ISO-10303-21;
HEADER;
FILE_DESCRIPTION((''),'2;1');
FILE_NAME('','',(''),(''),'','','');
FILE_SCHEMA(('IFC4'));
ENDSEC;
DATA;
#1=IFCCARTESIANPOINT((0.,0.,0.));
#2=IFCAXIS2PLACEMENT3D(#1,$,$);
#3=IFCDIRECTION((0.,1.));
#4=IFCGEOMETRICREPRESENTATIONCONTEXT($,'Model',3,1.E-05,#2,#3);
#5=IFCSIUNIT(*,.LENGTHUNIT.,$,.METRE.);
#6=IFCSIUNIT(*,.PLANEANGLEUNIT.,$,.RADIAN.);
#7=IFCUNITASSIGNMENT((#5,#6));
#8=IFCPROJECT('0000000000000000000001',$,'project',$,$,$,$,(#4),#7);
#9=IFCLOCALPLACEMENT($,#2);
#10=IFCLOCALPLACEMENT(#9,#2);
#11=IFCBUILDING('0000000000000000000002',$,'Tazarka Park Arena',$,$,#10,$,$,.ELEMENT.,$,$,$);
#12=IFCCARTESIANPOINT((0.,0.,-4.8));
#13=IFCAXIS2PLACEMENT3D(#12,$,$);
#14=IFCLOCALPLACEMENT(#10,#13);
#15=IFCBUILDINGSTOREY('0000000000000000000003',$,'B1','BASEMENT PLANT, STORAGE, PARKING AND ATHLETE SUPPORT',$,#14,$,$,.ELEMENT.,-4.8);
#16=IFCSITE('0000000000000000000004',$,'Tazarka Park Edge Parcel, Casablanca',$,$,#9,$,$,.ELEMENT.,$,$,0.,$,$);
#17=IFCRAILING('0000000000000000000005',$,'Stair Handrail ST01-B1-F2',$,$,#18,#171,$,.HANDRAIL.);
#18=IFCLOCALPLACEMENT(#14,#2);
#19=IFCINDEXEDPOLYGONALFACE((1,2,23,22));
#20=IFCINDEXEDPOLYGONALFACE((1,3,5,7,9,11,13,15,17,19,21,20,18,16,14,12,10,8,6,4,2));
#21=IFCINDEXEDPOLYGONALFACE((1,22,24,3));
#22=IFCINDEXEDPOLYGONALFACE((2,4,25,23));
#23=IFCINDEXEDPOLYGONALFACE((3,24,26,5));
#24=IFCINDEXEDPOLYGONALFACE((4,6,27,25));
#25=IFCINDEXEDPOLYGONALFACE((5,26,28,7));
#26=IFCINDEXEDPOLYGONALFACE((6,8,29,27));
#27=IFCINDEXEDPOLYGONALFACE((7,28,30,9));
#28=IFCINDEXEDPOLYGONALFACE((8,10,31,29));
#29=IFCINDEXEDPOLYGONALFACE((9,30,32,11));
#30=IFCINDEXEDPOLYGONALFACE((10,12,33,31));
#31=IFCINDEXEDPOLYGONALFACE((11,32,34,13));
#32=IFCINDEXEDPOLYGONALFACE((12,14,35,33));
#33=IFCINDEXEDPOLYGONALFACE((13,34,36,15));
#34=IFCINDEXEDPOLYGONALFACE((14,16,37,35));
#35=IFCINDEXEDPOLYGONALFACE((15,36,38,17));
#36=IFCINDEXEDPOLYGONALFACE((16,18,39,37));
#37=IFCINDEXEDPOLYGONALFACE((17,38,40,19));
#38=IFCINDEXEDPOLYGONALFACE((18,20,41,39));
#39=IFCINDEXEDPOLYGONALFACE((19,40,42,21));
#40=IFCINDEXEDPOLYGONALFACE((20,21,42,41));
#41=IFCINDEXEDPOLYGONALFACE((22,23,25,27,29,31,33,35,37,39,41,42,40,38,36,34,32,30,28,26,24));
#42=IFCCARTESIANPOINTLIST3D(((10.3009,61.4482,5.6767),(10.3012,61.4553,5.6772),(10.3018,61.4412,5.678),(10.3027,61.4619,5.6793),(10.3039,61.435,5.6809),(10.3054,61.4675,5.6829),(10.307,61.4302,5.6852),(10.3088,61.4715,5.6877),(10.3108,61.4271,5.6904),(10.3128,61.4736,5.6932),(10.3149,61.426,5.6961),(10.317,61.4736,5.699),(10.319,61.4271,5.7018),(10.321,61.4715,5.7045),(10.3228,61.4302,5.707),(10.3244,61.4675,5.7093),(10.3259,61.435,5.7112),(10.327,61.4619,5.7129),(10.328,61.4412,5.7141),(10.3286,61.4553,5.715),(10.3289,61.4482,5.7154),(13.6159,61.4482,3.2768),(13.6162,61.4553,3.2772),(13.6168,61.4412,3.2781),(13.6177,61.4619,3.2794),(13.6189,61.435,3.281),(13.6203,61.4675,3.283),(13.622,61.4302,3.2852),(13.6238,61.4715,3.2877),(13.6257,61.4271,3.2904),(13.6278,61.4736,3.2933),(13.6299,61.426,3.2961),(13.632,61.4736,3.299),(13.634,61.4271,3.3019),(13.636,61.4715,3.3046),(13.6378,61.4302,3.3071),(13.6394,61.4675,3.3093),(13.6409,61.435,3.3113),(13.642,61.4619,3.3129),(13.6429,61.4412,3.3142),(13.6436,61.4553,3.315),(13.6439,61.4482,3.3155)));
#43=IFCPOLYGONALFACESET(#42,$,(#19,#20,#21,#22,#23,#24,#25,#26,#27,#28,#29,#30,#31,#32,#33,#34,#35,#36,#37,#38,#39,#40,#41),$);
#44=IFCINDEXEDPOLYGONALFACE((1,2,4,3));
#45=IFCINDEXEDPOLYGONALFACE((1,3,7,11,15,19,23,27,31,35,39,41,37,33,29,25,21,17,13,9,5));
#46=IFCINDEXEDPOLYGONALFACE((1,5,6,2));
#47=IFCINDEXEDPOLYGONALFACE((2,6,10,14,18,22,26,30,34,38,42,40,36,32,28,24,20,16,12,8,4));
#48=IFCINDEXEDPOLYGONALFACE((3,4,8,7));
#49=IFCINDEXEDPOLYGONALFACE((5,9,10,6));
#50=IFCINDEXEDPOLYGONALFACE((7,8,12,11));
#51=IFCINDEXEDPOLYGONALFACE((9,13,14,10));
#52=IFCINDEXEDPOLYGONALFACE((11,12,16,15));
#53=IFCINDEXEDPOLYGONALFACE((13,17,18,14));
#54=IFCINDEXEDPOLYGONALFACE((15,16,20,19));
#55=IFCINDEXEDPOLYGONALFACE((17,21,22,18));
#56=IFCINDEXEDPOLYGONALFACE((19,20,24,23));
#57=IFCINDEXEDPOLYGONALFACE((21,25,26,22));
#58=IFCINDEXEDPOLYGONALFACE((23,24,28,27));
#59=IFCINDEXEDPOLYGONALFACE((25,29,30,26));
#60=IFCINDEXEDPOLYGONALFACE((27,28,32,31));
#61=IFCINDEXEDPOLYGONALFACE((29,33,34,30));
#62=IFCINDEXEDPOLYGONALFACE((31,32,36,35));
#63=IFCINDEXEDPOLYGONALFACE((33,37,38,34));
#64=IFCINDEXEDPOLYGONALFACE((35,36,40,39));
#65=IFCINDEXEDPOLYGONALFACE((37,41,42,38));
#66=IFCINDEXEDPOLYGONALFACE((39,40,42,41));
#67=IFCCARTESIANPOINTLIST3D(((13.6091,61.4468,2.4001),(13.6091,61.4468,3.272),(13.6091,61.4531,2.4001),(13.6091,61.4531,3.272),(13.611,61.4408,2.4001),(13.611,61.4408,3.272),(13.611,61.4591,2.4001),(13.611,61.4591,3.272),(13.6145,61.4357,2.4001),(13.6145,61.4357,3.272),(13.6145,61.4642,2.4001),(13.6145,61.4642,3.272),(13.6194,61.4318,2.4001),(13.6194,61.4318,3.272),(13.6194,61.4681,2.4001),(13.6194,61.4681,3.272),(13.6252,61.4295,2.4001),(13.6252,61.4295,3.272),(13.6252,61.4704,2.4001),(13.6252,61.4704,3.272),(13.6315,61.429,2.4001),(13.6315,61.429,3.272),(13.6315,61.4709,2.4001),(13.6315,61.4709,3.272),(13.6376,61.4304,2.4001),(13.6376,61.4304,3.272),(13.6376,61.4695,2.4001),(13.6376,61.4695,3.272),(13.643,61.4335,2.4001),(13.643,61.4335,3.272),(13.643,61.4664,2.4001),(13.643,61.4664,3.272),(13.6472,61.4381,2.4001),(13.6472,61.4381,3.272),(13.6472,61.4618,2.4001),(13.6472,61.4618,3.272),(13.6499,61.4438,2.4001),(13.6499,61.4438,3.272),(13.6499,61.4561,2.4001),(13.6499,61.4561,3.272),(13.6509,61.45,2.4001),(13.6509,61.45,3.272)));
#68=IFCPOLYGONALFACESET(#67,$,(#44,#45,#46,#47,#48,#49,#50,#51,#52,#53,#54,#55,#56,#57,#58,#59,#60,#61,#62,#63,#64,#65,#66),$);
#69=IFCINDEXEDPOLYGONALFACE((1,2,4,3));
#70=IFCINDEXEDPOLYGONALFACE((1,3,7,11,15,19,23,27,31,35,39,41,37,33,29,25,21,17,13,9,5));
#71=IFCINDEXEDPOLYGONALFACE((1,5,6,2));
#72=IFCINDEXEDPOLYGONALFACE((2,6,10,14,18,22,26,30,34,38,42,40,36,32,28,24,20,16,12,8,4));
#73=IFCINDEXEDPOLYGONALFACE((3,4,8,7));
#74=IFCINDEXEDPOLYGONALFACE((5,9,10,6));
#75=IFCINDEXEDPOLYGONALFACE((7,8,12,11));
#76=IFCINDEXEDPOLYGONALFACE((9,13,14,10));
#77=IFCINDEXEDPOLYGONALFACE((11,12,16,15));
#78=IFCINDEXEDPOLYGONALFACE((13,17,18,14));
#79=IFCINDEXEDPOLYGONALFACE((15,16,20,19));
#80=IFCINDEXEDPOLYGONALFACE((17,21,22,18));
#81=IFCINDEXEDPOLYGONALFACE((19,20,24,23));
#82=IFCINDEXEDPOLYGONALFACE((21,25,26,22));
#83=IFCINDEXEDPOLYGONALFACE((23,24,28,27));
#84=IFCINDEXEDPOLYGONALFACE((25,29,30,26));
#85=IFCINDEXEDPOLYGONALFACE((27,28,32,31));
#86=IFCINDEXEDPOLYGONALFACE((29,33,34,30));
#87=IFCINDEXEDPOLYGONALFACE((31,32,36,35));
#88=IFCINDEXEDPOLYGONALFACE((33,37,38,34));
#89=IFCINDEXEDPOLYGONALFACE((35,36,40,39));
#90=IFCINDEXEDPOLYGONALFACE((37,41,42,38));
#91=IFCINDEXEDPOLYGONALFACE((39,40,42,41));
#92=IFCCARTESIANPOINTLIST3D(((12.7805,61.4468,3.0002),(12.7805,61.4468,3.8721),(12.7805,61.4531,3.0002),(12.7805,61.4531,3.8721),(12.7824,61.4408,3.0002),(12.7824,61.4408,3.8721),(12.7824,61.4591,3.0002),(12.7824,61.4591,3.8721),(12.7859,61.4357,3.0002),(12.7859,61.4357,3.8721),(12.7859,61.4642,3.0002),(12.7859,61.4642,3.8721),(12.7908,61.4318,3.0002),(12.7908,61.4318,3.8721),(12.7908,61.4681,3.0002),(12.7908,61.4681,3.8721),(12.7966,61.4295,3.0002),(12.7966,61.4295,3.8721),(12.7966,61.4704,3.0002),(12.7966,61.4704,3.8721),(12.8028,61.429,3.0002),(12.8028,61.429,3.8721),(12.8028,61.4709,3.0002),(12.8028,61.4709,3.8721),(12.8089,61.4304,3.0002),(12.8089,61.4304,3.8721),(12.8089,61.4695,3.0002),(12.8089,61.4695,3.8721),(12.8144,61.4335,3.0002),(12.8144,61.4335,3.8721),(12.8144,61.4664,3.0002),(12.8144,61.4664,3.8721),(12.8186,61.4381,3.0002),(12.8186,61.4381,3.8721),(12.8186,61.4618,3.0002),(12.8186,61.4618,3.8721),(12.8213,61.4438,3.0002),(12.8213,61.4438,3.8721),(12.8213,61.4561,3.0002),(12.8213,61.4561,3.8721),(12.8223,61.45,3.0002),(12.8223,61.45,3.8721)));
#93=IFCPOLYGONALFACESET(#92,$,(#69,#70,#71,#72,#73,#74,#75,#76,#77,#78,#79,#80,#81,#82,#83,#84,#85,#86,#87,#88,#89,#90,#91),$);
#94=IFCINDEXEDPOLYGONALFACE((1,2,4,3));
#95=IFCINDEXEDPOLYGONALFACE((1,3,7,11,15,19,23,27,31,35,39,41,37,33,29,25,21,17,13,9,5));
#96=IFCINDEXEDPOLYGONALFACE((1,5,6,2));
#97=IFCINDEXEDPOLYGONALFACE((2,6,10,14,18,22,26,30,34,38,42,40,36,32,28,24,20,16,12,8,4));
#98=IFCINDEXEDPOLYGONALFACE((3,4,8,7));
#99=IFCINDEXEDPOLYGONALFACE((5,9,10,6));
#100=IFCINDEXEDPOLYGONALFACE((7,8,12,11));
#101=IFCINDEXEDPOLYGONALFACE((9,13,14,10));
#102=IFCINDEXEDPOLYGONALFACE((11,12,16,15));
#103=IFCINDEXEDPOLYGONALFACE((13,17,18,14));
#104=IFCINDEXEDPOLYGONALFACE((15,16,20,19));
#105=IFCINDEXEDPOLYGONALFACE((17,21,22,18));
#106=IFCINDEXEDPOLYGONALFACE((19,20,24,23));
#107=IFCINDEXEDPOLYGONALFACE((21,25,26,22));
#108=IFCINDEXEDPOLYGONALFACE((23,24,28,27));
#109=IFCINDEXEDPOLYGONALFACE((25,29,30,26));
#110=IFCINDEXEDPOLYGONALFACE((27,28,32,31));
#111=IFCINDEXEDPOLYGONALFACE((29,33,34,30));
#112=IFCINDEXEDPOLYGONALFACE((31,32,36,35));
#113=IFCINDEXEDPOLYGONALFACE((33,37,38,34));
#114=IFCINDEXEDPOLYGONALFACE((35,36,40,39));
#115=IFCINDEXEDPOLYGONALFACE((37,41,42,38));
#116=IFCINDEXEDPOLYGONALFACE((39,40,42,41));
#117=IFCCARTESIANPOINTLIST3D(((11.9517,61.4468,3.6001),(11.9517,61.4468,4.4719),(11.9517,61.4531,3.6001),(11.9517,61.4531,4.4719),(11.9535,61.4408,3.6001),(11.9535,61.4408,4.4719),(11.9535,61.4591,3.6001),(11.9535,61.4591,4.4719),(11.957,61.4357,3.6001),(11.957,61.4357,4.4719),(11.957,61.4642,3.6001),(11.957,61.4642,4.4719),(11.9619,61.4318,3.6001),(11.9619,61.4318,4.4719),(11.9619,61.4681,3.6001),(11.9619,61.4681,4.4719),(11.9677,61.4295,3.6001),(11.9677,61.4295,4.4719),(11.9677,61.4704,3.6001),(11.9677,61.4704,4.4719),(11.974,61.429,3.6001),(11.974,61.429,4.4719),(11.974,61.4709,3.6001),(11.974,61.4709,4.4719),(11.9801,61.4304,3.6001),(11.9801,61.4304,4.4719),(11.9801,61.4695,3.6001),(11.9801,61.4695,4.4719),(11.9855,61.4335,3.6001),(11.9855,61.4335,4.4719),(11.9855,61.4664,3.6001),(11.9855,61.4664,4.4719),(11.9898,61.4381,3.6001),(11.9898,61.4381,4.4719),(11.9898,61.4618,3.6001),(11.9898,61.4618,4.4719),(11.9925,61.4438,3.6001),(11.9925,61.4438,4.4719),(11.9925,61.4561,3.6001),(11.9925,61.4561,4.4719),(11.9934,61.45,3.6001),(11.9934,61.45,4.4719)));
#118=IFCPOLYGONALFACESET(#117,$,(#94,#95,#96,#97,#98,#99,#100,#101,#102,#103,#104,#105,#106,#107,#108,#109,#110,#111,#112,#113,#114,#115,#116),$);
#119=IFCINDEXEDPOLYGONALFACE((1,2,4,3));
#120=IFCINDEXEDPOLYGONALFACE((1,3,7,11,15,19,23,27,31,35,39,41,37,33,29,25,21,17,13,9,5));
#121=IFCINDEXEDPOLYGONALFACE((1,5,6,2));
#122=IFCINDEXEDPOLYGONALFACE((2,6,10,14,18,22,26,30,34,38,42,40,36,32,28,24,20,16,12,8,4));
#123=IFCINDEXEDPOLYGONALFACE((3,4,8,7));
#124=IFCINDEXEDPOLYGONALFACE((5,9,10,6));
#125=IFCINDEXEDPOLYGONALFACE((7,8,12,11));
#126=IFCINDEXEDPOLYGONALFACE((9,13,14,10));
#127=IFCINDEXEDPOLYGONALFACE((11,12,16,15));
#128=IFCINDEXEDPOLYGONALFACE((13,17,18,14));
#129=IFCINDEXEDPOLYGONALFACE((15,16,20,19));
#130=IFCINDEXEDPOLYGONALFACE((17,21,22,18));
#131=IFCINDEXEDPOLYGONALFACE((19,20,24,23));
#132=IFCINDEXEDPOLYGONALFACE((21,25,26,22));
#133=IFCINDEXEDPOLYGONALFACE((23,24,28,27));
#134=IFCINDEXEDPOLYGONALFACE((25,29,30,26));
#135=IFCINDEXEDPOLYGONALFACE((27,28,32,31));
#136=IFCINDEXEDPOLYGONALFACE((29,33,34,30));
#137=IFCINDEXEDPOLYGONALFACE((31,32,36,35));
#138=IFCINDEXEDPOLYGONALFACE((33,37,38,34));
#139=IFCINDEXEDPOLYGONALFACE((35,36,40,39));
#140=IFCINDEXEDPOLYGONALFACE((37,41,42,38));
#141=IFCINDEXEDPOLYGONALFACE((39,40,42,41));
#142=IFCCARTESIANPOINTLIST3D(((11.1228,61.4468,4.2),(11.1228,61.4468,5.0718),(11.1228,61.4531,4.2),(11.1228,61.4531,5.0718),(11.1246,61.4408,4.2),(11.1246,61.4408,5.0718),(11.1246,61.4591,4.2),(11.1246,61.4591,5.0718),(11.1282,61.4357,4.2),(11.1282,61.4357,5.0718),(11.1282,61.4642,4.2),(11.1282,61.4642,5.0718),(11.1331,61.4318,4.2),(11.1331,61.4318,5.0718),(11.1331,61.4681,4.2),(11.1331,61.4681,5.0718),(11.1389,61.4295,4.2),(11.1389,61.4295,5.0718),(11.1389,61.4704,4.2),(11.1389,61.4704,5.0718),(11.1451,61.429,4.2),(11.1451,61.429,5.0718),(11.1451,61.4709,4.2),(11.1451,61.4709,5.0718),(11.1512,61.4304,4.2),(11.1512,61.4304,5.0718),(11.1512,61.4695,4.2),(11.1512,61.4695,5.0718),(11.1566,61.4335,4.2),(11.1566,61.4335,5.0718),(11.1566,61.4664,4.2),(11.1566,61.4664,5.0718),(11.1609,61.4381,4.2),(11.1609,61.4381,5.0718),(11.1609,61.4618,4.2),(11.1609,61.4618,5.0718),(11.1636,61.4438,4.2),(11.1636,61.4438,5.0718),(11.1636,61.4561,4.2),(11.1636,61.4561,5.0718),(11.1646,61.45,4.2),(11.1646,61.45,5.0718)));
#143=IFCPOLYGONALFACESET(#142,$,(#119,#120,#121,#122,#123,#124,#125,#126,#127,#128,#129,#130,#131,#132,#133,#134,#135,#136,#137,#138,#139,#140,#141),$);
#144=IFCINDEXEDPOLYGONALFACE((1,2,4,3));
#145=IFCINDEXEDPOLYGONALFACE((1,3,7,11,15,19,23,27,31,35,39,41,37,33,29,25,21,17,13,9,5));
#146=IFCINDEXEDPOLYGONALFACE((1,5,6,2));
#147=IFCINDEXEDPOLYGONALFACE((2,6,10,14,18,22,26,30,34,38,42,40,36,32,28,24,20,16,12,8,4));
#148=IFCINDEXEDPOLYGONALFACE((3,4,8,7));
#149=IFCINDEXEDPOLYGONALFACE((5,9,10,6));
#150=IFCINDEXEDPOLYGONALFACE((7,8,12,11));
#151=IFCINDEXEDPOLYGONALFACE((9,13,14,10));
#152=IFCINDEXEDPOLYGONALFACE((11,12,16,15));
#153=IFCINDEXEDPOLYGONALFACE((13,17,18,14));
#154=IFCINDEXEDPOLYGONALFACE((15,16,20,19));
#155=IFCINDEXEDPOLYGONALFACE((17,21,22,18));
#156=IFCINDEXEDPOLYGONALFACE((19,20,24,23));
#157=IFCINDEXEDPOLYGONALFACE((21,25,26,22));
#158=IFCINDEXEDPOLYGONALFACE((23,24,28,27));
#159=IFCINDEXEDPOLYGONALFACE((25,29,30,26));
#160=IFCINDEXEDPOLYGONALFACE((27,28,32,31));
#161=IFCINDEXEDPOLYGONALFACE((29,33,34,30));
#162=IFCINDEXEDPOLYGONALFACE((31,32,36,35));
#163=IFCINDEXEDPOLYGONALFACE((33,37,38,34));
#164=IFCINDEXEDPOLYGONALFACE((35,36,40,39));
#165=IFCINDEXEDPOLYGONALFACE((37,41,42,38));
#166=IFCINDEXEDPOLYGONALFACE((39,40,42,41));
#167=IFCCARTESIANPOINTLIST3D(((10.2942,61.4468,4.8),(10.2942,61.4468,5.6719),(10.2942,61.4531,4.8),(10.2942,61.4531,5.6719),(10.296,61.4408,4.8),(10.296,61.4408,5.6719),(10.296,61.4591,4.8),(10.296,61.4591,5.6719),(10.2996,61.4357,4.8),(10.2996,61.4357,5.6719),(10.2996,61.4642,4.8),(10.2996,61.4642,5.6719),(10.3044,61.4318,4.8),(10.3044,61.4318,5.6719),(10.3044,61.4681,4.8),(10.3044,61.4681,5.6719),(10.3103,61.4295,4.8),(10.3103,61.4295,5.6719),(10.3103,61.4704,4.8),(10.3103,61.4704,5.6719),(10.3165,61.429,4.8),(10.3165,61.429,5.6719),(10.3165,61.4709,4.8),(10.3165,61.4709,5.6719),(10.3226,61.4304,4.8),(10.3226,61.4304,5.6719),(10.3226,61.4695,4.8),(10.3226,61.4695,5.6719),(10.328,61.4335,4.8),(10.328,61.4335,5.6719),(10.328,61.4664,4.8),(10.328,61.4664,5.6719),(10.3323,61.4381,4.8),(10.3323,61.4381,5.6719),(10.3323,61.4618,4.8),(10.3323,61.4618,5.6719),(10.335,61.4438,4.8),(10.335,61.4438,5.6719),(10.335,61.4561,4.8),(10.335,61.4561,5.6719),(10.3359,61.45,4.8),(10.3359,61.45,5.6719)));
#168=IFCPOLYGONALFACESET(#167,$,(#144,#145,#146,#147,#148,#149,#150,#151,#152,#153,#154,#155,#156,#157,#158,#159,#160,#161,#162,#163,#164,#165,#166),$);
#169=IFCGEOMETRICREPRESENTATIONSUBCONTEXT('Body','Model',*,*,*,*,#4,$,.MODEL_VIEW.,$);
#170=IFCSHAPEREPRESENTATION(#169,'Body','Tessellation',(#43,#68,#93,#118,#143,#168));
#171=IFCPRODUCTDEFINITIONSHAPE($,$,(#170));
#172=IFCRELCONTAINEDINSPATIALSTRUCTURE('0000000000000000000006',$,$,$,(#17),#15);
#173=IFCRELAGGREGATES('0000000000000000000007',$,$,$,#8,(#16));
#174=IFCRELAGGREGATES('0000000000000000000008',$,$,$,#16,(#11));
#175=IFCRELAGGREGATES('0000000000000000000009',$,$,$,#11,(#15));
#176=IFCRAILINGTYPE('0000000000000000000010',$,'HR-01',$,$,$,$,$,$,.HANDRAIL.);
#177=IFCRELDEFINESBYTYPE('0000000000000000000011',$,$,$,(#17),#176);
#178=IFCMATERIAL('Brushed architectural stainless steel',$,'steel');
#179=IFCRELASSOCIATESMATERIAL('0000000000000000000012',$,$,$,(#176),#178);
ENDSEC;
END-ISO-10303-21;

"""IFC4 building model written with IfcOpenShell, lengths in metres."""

from ifc_helpers import new_model, si_unit, direction, frame, origin, origin_2d, place, context, subcontext, project, spatial, circle, extrude, material, type_object, element, save


model = new_model("IFC4")

# Units and contexts
model_context = context("Model", 3, precision=1e-05, world=origin(), true_north=direction((0.0, 1.0)))
body_context = subcontext(model_context, "Body", "Model", "MODEL_VIEW")
ifc_project = project(units=[si_unit("LENGTHUNIT", "METRE"), si_unit("PLANEANGLEUNIT", "RADIAN")], contexts=[model_context])

# Site, building, storey
site_placement = place(None, origin())
site = spatial("IfcSite", under=ifc_project, at=site_placement, Name="Tazarka Park Edge Parcel, Casablanca", CompositionType="ELEMENT", RefElevation=0.0)
building_placement = place(site_placement, origin())
building = spatial("IfcBuilding", under=site, at=building_placement, Name="Tazarka Park Arena", CompositionType="ELEMENT")
storey_placement = place(building_placement, frame((0.0, 0.0, -4.8)))
storey = spatial("IfcBuildingStorey", under=building, at=storey_placement, Name="B1", Description="BASEMENT PLANT, STORAGE, PARKING AND ATHLETE SUPPORT", CompositionType="ELEMENT", Elevation=-4.8)

# Railing
ifc_material_1 = material(Name="Brushed architectural stainless steel", Category="steel")
railing_type_1 = type_object("IfcRailingType", Name="HR-01", PredefinedType="HANDRAIL", material=ifc_material_1)
railing_1_placement = place(storey_placement, frame((13.6299, 61.45, 2.4001)))
element("IfcRailing", 1, at=railing_1_placement, inside=storey, type_object=railing_type_1, Name="Stair Handrail ST01-B1-F2", PredefinedType="HANDRAIL", context=body_context, shape_type="SweptSolid", body=[
    extrude(circle(Radius=0.0239, at=origin_2d()), frame((0.0, 0.0, 0.896), z_axis=(-0.810009, 0.0, 0.586418), x_axis=(0.0, -1.0, 0.0)), (0.0, 0.0, 1.0), 4.0925),
    extrude(circle(Radius=0.021, at=origin_2d()), origin(), (0.0, 0.0, 1.0), 0.8718),
    extrude(circle(Radius=0.021, at=origin_2d()), frame((-0.8286, 0.0, 0.6001)), (0.0, 0.0, 1.0), 0.8718),
    extrude(circle(Radius=0.021, at=origin_2d()), frame((-1.6575, 0.0, 1.2)), (0.0, 0.0, 1.0), 0.8718),
    extrude(circle(Radius=0.021, at=origin_2d()), frame((-2.4863, 0.0, 1.7998)), (0.0, 0.0, 1.0), 0.8718),
    extrude(circle(Radius=0.021, at=origin_2d()), frame((-3.3149, 0.0, 2.3999)), (0.0, 0.0, 1.0), 0.8718),
])

save(model, "model.ifc")
